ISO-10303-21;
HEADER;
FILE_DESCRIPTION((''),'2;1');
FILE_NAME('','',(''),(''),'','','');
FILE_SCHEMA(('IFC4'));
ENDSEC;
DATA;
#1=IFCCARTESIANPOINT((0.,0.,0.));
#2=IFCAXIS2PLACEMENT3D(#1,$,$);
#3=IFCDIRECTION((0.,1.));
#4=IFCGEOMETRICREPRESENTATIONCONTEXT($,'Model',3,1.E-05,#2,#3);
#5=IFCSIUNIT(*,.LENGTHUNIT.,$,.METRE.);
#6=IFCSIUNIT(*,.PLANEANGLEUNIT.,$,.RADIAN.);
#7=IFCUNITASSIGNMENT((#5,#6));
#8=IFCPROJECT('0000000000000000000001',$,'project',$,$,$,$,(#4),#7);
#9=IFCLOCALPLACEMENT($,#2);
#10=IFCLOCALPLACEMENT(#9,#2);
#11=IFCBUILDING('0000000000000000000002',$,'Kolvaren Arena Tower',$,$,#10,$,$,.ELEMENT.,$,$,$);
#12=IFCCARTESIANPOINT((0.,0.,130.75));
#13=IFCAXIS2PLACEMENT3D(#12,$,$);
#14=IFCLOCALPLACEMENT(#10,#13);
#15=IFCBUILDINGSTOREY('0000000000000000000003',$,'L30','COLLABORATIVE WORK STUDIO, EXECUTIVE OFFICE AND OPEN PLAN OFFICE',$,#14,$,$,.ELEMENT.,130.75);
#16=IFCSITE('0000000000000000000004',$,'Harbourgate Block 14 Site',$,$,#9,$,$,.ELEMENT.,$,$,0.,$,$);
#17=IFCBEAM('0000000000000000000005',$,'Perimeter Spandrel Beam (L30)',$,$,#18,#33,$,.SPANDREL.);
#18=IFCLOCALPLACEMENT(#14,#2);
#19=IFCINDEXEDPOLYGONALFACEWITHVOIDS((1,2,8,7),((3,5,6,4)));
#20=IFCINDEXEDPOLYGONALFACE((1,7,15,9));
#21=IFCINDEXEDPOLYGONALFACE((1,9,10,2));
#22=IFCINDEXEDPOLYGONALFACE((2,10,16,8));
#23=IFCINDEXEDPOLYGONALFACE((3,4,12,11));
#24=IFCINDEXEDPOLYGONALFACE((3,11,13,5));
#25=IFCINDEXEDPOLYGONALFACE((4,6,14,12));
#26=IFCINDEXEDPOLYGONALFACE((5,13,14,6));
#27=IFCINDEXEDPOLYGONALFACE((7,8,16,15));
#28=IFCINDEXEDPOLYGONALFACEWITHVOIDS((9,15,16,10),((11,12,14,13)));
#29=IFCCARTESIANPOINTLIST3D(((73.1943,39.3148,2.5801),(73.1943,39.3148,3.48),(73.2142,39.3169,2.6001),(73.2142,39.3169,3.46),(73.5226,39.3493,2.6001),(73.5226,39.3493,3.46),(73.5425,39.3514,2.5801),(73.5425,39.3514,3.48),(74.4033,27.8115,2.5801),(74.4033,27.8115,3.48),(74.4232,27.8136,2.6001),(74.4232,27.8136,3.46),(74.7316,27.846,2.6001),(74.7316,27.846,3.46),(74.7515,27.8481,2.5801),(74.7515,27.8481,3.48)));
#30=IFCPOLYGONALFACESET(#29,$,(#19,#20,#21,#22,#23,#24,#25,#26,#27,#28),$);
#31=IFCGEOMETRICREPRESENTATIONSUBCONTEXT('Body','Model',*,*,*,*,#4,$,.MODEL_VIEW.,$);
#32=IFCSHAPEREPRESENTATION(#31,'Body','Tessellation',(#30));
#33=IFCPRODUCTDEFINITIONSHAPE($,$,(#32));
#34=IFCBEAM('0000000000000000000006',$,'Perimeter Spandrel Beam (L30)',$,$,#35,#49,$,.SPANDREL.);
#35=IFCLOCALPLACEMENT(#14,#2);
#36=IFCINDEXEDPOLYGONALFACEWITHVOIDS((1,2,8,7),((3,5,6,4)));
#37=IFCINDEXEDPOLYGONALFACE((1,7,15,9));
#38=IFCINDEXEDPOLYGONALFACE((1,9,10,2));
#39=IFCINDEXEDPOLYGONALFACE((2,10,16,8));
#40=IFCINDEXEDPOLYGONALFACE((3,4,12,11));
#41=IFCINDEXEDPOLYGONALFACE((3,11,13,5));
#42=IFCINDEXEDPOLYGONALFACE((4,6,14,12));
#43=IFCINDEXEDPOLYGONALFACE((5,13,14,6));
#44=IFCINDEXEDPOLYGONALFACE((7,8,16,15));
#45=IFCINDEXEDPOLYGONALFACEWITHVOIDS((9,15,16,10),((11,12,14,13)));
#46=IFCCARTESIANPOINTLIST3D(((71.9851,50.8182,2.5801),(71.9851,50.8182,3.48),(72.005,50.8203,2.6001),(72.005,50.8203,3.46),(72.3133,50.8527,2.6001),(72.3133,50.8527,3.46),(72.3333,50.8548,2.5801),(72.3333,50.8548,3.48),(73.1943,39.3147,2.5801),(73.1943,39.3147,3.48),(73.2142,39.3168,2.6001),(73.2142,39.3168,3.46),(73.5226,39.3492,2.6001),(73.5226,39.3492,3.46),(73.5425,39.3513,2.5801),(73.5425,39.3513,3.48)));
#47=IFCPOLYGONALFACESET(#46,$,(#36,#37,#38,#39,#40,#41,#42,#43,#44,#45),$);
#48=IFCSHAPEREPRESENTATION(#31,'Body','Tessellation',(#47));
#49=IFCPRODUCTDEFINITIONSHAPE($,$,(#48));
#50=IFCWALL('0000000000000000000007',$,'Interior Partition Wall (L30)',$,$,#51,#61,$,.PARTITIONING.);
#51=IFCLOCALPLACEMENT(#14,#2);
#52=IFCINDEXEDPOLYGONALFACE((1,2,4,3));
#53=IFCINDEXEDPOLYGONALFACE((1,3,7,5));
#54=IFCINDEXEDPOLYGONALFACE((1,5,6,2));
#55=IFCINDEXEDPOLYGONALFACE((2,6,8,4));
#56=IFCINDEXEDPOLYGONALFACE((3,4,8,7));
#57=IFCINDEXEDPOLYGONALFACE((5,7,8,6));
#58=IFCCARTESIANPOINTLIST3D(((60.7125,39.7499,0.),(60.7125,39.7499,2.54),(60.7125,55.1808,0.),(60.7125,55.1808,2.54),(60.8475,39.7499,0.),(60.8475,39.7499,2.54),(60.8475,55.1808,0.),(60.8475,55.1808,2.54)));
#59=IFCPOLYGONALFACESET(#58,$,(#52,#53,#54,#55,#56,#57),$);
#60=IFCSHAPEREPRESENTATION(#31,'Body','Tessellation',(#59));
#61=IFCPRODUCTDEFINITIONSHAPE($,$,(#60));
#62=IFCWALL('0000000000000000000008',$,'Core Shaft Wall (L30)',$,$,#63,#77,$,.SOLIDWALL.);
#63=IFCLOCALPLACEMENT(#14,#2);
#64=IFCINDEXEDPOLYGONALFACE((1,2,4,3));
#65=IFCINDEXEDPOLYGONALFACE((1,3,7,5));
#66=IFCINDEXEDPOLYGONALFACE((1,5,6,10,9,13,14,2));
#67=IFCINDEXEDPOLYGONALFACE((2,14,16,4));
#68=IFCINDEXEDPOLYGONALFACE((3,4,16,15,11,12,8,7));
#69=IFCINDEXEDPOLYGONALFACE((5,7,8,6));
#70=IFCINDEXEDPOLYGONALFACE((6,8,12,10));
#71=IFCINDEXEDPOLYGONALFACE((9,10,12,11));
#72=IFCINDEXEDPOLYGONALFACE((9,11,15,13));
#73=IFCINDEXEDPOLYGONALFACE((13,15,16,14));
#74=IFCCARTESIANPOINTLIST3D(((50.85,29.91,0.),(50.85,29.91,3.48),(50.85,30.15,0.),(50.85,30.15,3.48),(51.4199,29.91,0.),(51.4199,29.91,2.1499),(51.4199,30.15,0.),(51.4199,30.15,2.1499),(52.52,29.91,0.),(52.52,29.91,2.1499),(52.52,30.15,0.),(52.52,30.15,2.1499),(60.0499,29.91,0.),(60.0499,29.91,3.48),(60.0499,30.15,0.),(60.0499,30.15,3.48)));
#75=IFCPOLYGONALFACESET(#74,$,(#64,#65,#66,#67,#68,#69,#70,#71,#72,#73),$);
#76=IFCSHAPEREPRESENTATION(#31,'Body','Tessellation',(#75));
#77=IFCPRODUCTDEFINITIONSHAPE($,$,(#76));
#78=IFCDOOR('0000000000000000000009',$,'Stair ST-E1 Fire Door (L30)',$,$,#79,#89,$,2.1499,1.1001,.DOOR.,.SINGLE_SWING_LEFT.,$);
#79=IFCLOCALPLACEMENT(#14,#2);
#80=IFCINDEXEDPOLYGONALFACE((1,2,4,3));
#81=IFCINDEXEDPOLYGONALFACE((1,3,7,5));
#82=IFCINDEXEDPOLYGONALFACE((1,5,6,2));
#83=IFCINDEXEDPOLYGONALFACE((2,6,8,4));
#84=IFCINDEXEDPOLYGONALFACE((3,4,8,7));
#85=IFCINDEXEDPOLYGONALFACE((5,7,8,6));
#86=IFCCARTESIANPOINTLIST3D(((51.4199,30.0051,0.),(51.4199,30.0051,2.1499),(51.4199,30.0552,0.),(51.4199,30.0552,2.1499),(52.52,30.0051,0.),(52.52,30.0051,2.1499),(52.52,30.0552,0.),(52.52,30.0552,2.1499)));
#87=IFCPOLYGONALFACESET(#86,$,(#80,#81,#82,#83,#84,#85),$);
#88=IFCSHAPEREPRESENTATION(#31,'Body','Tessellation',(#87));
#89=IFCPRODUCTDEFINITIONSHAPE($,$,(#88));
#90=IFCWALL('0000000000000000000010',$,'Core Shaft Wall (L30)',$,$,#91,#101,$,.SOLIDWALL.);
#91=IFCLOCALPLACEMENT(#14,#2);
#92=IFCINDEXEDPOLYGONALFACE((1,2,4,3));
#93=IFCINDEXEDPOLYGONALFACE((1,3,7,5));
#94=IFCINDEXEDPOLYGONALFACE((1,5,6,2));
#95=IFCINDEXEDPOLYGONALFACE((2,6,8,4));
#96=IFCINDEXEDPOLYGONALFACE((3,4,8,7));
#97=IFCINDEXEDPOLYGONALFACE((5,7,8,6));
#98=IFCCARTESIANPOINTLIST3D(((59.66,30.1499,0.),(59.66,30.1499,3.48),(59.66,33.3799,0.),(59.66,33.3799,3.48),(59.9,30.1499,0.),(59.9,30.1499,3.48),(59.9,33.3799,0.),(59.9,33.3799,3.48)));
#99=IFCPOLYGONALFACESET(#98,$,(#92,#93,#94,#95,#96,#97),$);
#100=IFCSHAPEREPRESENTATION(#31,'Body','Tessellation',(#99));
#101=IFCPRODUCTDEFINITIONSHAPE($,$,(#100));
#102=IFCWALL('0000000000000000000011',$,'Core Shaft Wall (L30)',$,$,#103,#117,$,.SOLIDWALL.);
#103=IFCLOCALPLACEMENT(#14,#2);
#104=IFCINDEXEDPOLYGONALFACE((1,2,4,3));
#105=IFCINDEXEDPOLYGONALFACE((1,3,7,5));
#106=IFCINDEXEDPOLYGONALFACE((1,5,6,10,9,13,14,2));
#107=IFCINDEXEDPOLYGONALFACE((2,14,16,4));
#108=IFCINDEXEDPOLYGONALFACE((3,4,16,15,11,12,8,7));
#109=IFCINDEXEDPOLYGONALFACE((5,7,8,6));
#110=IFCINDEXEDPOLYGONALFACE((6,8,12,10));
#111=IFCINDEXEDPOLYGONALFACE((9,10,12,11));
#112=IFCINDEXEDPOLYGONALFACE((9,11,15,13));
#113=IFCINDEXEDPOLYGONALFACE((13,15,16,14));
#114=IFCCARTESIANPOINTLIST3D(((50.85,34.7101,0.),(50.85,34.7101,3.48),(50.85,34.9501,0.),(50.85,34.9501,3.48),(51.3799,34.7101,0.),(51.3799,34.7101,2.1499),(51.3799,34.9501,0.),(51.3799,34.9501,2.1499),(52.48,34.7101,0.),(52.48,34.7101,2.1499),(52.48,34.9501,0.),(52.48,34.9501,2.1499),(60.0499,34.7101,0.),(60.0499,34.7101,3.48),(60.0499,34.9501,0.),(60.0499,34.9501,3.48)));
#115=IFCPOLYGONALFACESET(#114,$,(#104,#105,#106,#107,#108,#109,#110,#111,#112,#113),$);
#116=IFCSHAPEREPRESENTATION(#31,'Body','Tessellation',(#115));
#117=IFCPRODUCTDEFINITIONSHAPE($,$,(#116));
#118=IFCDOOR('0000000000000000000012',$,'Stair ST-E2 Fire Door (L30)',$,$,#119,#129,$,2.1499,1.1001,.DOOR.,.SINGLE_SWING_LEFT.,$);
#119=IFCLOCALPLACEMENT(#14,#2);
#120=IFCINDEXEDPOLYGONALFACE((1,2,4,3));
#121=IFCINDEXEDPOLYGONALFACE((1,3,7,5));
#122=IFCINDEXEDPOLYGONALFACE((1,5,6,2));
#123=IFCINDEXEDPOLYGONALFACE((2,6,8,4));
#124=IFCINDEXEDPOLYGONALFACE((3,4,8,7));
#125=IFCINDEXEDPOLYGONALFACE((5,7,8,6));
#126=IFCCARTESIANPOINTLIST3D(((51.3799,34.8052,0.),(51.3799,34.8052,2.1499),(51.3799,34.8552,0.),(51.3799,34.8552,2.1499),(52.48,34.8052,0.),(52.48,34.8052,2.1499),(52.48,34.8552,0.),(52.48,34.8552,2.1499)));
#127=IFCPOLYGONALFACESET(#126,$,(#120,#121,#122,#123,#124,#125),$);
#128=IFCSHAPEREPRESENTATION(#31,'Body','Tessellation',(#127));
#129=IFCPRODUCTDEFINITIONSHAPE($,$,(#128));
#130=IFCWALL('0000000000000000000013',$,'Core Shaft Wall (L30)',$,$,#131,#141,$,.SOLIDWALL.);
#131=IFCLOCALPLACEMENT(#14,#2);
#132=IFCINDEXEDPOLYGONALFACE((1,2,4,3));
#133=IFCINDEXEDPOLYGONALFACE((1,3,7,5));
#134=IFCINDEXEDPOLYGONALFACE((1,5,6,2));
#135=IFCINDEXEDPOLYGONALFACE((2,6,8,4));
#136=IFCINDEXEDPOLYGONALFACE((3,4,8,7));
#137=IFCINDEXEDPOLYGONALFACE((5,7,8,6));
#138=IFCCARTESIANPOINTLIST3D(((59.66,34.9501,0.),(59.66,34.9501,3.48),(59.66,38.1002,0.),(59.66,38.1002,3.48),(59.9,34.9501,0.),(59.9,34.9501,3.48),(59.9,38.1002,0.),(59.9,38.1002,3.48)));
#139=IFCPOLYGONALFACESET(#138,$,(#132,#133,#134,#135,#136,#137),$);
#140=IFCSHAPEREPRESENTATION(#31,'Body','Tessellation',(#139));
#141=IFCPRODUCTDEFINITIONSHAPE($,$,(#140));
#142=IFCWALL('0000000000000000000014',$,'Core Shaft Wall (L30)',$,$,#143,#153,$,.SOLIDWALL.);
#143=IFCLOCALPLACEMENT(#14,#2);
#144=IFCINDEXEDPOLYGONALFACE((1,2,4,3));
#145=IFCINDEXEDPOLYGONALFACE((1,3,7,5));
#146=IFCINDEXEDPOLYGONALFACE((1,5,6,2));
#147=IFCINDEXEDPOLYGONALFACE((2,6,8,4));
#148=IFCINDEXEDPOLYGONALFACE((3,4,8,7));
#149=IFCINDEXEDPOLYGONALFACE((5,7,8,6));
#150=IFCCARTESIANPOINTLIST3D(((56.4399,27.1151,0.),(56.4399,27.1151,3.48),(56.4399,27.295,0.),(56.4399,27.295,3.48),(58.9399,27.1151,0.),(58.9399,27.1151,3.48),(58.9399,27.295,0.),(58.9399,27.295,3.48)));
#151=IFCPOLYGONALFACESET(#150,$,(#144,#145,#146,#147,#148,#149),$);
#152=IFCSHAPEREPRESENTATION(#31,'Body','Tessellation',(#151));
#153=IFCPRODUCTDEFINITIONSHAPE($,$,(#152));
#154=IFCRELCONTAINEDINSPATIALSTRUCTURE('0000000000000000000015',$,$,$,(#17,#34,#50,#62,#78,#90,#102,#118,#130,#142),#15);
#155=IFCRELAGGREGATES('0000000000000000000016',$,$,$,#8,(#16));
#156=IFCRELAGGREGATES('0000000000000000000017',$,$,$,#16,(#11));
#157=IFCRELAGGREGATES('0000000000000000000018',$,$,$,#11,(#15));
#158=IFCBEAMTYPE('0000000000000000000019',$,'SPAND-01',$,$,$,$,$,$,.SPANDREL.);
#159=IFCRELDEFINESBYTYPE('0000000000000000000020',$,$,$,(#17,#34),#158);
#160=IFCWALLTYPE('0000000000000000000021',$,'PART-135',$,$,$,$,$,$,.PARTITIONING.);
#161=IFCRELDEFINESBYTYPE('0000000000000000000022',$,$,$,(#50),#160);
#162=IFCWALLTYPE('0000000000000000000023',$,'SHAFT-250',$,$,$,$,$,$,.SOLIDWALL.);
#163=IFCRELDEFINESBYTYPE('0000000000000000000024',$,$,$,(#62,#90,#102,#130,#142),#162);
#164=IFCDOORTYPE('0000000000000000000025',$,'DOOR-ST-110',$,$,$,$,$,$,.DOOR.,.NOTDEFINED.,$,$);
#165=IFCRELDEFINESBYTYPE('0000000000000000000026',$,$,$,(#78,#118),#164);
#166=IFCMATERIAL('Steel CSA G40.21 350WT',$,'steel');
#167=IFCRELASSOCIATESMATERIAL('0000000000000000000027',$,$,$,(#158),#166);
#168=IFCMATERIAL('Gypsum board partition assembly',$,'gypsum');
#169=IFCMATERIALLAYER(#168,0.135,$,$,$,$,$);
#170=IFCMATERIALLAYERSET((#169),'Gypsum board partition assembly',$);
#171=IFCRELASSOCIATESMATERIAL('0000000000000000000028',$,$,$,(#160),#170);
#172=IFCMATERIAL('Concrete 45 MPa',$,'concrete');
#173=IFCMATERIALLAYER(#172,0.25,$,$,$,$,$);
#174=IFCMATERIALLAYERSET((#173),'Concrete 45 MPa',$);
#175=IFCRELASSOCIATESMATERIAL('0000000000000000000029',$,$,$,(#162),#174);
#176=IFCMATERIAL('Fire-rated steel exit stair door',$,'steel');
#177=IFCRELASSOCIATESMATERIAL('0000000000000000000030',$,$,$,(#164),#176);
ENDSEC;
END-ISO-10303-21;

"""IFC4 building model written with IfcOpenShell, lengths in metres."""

from ifc_helpers import new_model, si_unit, direction, frame, frame_2d, origin, origin_2d, place, context, subcontext, project, spatial, rectangle, hollow_rectangle, extrude, material, layer, layer_set, material_profile, profile_set, type_object, element, fill, save


model = new_model("IFC4")

# Units and contexts
model_context = context("Model", 3, precision=1e-05, world=origin(), true_north=direction((0.0, 1.0)))
body_context = subcontext(model_context, "Body", "Model", "MODEL_VIEW")
ifc_project = project(units=[si_unit("LENGTHUNIT", "METRE"), si_unit("PLANEANGLEUNIT", "RADIAN")], contexts=[model_context])

# Site, building, storey
site_placement = place(None, origin())
site = spatial("IfcSite", under=ifc_project, at=site_placement, Name="Harbourgate Block 14 Site", CompositionType="ELEMENT", RefElevation=0.0)
building_placement = place(site_placement, origin())
building = spatial("IfcBuilding", under=site, at=building_placement, Name="Kolvaren Arena Tower", CompositionType="ELEMENT")
storey_placement = place(building_placement, frame((0.0, 0.0, 130.75)))
storey = spatial("IfcBuildingStorey", under=building, at=storey_placement, Name="L30", Description="COLLABORATIVE WORK STUDIO, EXECUTIVE OFFICE AND OPEN PLAN OFFICE", CompositionType="ELEMENT", Elevation=130.75)

# Beams
ifc_material_1 = material(Name="Steel CSA G40.21 350WT", Category="steel")
ifc_material_profile_1 = material_profile(ifc_material_1, hollow_rectangle(XDim=0.3501, YDim=0.8999, WallThickness=0.02, at=origin_2d()), Name="HSS 900x350x20")
ifc_profile_set_1 = profile_set([ifc_material_profile_1], Name="Steel CSA G40.21 350WT")
beam_type_1 = type_object("IfcBeamType", Name="SPAND-01", PredefinedType="SPANDREL", material=ifc_profile_set_1)
beam_1_placement = place(storey_placement, frame((74.5774, 27.8298, 3.03), z_axis=(-0.104524, 0.994522, 0.0), x_axis=(-0.994522, -0.104524, 0.0)))
element("IfcBeam", 1, at=beam_1_placement, inside=storey, type_object=beam_type_1, Name="Perimeter Spandrel Beam (L30)", PredefinedType="SPANDREL", context=body_context, shape_type="SweptSolid", body=[
    extrude(hollow_rectangle(XDim=0.3501, YDim=0.8999, WallThickness=0.02, at=origin_2d()), origin(), (0.0, 0.0, 1.0), 11.5667),
])
beam_2_placement = place(storey_placement, frame((73.3684, 39.333, 3.03), z_axis=(-0.104543, 0.99452, 0.0), x_axis=(-0.99452, -0.104543, 0.0)))
element("IfcBeam", 2, at=beam_2_placement, inside=storey, type_object=beam_type_1, Name="Perimeter Spandrel Beam (L30)", PredefinedType="SPANDREL", context=body_context, shape_type="SweptSolid", body=[
    extrude(hollow_rectangle(XDim=0.3501, YDim=0.8999, WallThickness=0.02, at=origin_2d()), origin(), (0.0, 0.0, 1.0), 11.5669),
])

# Wall
ifc_material_2 = material(Name="Gypsum board partition assembly", Category="gypsum")
ifc_layer_1 = layer(ifc_material_2, 0.135)
ifc_layer_set_1 = layer_set([ifc_layer_1], Name="Gypsum board partition assembly")
wall_type_1 = type_object("IfcWallType", Name="PART-135", PredefinedType="PARTITIONING", material=ifc_layer_set_1)
wall_1_placement = place(storey_placement, frame((60.78, 39.75, 0.0), z_axis=(0.0, 0.0, 1.0), x_axis=(0.0, 1.0, 0.0)))
element("IfcWall", 3, at=wall_1_placement, inside=storey, type_object=wall_type_1, Name="Interior Partition Wall (L30)", PredefinedType="PARTITIONING", context=body_context, shape_type="SweptSolid", body=[
    extrude(rectangle(XDim=15.4309, YDim=0.135, at=frame_2d((7.7153, 0.0))), origin(), (0.0, 0.0, 1.0), 2.54),
])

# Wall, opening, door
ifc_material_3 = material(Name="Concrete 45 MPa", Category="concrete")
ifc_layer_2 = layer(ifc_material_3, 0.25)
ifc_layer_set_2 = layer_set([ifc_layer_2], Name="Concrete 45 MPa")
wall_type_2 = type_object("IfcWallType", Name="SHAFT-250", PredefinedType="SOLIDWALL", material=ifc_layer_set_2)
wall_2_placement = place(storey_placement, frame((60.05, 30.03, 0.0), z_axis=(0.0, 0.0, 1.0), x_axis=(-1.0, 0.0, 0.0)))
wall_2 = element("IfcWall", 4, at=wall_2_placement, inside=storey, type_object=wall_type_2, Name="Core Shaft Wall (L30)", PredefinedType="SOLIDWALL", context=body_context, shape_type="SweptSolid", body=[
    extrude(rectangle(XDim=9.2, YDim=0.24, at=frame_2d((4.6001, 0.0))), origin(), (0.0, 0.0, 1.0), 3.48),
])
opening_1_placement = place(wall_2_placement, frame((7.53, 0.0, 0.0)))
opening_1 = element("IfcOpeningElement", 5, at=opening_1_placement, cuts=wall_2, PredefinedType="OPENING", context=body_context, shape_type="SweptSolid", body=[
    extrude(rectangle(XDim=1.1001, YDim=2.1499, at=frame_2d((0.55, 1.075))), frame((0.0, 0.1299, 0.0), z_axis=(0.0, -1.0, 0.0), x_axis=(1.0, 0.0, 0.0)), (0.0, 0.0, 1.0), 0.26),
])
ifc_material_4 = material(Name="Fire-rated steel exit stair door", Category="steel")
door_type = type_object("IfcDoorType", Name="DOOR-ST-110", OperationType="NOTDEFINED", PredefinedType="DOOR", material=ifc_material_4)
door_1_placement = place(opening_1_placement, origin())
door_1 = element("IfcDoor", 6, at=door_1_placement, inside=storey, type_object=door_type, Name="Stair ST-E1 Fire Door (L30)", OperationType="SINGLE_SWING_LEFT", OverallHeight=2.1499, OverallWidth=1.1001, PredefinedType="DOOR", context=body_context, shape_type="SweptSolid", body=[
    extrude(rectangle(XDim=1.1001, YDim=2.1499, at=frame_2d((0.55, 1.075))), frame((0.0, 0.0249, 0.0), z_axis=(0.0, -1.0, 0.0), x_axis=(1.0, 0.0, 0.0)), (0.0, 0.0, 1.0), 0.05),
])
fill(opening_1, door_1)

# Wall
wall_3_placement = place(storey_placement, frame((59.78, 30.1499, 0.0), z_axis=(0.0, 0.0, 1.0), x_axis=(0.0, 1.0, 0.0)))
element("IfcWall", 7, at=wall_3_placement, inside=storey, type_object=wall_type_2, Name="Core Shaft Wall (L30)", PredefinedType="SOLIDWALL", context=body_context, shape_type="SweptSolid", body=[
    extrude(rectangle(XDim=3.23, YDim=0.24, at=frame_2d((1.615, 0.0))), origin(), (0.0, 0.0, 1.0), 3.48),
])

# Wall, opening, door
wall_4_placement = place(storey_placement, frame((60.05, 34.8301, 0.0), z_axis=(0.0, 0.0, 1.0), x_axis=(-1.0, 0.0, 0.0)))
wall_4 = element("IfcWall", 8, at=wall_4_placement, inside=storey, type_object=wall_type_2, Name="Core Shaft Wall (L30)", PredefinedType="SOLIDWALL", context=body_context, shape_type="SweptSolid", body=[
    extrude(rectangle(XDim=9.2, YDim=0.24, at=frame_2d((4.6001, 0.0))), origin(), (0.0, 0.0, 1.0), 3.48),
])
opening_2_placement = place(wall_4_placement, frame((7.5701, 0.0, 0.0)))
opening_2 = element("IfcOpeningElement", 9, at=opening_2_placement, cuts=wall_4, PredefinedType="OPENING", context=body_context, shape_type="SweptSolid", body=[
    extrude(rectangle(XDim=1.1001, YDim=2.1499, at=frame_2d((0.55, 1.075))), frame((0.0, 0.1299, 0.0), z_axis=(0.0, -1.0, 0.0), x_axis=(1.0, 0.0, 0.0)), (0.0, 0.0, 1.0), 0.26),
])
door_2_placement = place(opening_2_placement, origin())
door_2 = element("IfcDoor", 10, at=door_2_placement, inside=storey, type_object=door_type, Name="Stair ST-E2 Fire Door (L30)", OperationType="SINGLE_SWING_LEFT", OverallHeight=2.1499, OverallWidth=1.1001, PredefinedType="DOOR", context=body_context, shape_type="SweptSolid", body=[
    extrude(rectangle(XDim=1.1001, YDim=2.1499, at=frame_2d((0.55, 1.075))), frame((0.0, 0.0249, 0.0), z_axis=(0.0, -1.0, 0.0), x_axis=(1.0, 0.0, 0.0)), (0.0, 0.0, 1.0), 0.05),
])
fill(opening_2, door_2)

# Walls
wall_5_placement = place(storey_placement, frame((59.78, 34.95, 0.0), z_axis=(0.0, 0.0, 1.0), x_axis=(0.0, 1.0, 0.0)))
element("IfcWall", 11, at=wall_5_placement, inside=storey, type_object=wall_type_2, Name="Core Shaft Wall (L30)", PredefinedType="SOLIDWALL", context=body_context, shape_type="SweptSolid", body=[
    extrude(rectangle(XDim=3.1501, YDim=0.24, at=frame_2d((1.5752, 0.0))), origin(), (0.0, 0.0, 1.0), 3.48),
])
wall_6_placement = place(storey_placement, frame((56.4399, 27.2051, 0.0), z_axis=(0.0, 0.0, 1.0), x_axis=(1.0, 0.0, 0.0)))
element("IfcWall", 12, at=wall_6_placement, inside=storey, type_object=wall_type_2, Name="Core Shaft Wall (L30)", PredefinedType="SOLIDWALL", context=body_context, shape_type="SweptSolid", body=[
    extrude(rectangle(XDim=2.5, YDim=0.1799, at=frame_2d((1.25, 0.0))), origin(), (0.0, 0.0, 1.0), 3.48),
])

save(model, "model.ifc")
